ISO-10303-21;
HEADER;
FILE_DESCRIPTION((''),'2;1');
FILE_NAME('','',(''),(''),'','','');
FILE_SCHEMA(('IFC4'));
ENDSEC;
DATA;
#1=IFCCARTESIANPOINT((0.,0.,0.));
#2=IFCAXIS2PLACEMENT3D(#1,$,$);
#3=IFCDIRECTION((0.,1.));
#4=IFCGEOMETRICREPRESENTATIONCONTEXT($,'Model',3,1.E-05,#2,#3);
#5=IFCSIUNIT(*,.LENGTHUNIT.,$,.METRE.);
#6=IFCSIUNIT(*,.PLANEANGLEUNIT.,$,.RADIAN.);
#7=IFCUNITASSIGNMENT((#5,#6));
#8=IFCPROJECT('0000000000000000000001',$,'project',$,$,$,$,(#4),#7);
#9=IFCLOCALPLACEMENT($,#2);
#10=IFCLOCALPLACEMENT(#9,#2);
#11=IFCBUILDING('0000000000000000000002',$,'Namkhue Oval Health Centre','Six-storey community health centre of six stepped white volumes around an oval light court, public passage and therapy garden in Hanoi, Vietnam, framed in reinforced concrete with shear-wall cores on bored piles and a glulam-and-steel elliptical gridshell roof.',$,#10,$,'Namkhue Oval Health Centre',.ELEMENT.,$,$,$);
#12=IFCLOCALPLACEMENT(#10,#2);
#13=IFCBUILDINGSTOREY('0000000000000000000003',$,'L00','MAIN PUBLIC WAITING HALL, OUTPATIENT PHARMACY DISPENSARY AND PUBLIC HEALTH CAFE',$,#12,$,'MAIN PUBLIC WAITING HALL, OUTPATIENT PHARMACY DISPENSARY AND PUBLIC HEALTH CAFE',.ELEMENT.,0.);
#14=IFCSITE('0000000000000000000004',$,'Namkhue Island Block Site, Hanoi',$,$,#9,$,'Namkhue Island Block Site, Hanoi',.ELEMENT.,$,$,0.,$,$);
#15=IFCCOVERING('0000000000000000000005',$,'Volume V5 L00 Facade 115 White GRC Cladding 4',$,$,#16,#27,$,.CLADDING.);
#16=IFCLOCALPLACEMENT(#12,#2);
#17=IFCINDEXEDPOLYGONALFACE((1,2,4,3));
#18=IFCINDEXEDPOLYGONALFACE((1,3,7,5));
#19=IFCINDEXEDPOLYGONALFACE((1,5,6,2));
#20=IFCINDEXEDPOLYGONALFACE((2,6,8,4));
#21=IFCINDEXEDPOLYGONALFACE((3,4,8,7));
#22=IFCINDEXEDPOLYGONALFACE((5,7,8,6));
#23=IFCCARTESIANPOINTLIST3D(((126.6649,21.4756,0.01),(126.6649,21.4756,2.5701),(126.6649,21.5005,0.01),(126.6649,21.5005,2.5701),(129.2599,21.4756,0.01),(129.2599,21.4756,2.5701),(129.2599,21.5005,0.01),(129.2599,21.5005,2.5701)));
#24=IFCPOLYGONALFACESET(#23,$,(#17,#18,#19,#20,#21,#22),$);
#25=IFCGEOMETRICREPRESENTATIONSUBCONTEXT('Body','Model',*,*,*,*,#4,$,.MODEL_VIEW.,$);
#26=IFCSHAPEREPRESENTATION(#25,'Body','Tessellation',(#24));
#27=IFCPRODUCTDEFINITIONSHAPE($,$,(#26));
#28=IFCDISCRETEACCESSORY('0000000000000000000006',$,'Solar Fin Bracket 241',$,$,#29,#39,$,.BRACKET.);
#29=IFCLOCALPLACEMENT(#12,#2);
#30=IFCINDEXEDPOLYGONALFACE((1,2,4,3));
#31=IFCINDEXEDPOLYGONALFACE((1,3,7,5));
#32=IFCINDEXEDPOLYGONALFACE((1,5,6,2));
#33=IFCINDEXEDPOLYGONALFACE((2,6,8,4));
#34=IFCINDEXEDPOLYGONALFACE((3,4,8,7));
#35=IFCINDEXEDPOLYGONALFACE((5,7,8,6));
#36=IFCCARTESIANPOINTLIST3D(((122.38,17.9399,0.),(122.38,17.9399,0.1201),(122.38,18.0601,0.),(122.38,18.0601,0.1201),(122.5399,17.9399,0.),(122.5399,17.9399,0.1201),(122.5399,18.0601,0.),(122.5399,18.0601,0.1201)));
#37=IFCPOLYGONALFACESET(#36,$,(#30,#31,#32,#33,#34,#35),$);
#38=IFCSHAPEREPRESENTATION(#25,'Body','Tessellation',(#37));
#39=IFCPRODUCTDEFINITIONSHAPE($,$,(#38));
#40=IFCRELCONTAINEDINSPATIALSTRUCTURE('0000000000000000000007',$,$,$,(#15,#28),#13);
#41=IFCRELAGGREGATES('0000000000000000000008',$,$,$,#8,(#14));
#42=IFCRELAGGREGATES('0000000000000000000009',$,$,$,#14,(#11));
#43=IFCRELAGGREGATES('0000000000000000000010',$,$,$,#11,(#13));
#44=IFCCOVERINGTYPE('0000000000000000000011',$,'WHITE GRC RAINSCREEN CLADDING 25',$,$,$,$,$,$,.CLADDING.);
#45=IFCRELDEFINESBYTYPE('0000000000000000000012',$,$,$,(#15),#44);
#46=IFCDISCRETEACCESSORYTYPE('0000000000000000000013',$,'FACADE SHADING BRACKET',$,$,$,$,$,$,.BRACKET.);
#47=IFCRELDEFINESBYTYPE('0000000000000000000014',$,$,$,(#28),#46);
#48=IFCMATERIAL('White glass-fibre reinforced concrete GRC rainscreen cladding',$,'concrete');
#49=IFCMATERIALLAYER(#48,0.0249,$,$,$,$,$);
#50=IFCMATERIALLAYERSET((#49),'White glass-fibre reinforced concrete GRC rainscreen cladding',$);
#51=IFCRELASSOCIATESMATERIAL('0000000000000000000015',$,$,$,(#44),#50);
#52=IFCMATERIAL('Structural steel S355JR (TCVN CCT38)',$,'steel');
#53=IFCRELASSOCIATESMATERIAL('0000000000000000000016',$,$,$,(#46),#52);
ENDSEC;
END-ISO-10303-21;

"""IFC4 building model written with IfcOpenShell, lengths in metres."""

from ifc_helpers import new_model, si_unit, direction, frame, origin, origin_2d, place, context, subcontext, project, spatial, rectangle, extrude, material, layer, layer_set, type_object, element, save


model = new_model("IFC4")

# Units and contexts
model_context = context("Model", 3, precision=1e-05, world=origin(), true_north=direction((0.0, 1.0)))
body_context = subcontext(model_context, "Body", "Model", "MODEL_VIEW")
ifc_project = project(units=[si_unit("LENGTHUNIT", "METRE"), si_unit("PLANEANGLEUNIT", "RADIAN")], contexts=[model_context])

# Site, building, storey
site_placement = place(None, origin())
site = spatial("IfcSite", under=ifc_project, at=site_placement, Name="Namkhue Island Block Site, Hanoi", LongName="Namkhue Island Block Site, Hanoi", CompositionType="ELEMENT", RefElevation=0.0)
building_placement = place(site_placement, origin())
building = spatial("IfcBuilding", under=site, at=building_placement, Name="Namkhue Oval Health Centre", Description="Six-storey community health centre of six stepped white volumes around an oval light court, public passage and therapy garden in Hanoi, Vietnam, framed in reinforced concrete with shear-wall cores on bored piles and a glulam-and-steel elliptical gridshell roof.", LongName="Namkhue Oval Health Centre", CompositionType="ELEMENT")
storey_placement = place(building_placement, origin())
storey = spatial("IfcBuildingStorey", under=building, at=storey_placement, Name="L00", Description="MAIN PUBLIC WAITING HALL, OUTPATIENT PHARMACY DISPENSARY AND PUBLIC HEALTH CAFE", LongName="MAIN PUBLIC WAITING HALL, OUTPATIENT PHARMACY DISPENSARY AND PUBLIC HEALTH CAFE", CompositionType="ELEMENT", Elevation=0.0)

# Covering
ifc_material_1 = material(Name="White glass-fibre reinforced concrete GRC rainscreen cladding", Category="concrete")
ifc_layer_1 = layer(ifc_material_1, 0.0249)
ifc_layer_set_1 = layer_set([ifc_layer_1], Name="White glass-fibre reinforced concrete GRC rainscreen cladding")
covering_type = type_object("IfcCoveringType", Name="WHITE GRC RAINSCREEN CLADDING 25", PredefinedType="CLADDING", material=ifc_layer_set_1)
covering_1_placement = place(storey_placement, frame((127.9624, 21.488, 0.01), z_axis=(0.0, 0.0, 1.0), x_axis=(1.0, 0.0, 0.0)))
element("IfcCovering", 1, at=covering_1_placement, inside=storey, type_object=covering_type, Name="Volume V5 L00 Facade 115 White GRC Cladding 4", PredefinedType="CLADDING", context=body_context, shape_type="SweptSolid", body=[
    extrude(rectangle(XDim=2.595, YDim=0.0249, at=origin_2d()), origin(), (0.0, 0.0, 1.0), 2.5601),
])

# Discrete accessory
ifc_material_2 = material(Name="Structural steel S355JR (TCVN CCT38)", Category="steel")
discrete_accessory_type = type_object("IfcDiscreteAccessoryType", Name="FACADE SHADING BRACKET", PredefinedType="BRACKET", material=ifc_material_2)
discrete_accessory_placement = place(storey_placement, frame((122.46, 18.0, 0.0), z_axis=(0.0, 0.0, 1.0), x_axis=(1.0, 0.0, 0.0)))
element("IfcDiscreteAccessory", 2, at=discrete_accessory_placement, inside=storey, type_object=discrete_accessory_type, Name="Solar Fin Bracket 241", PredefinedType="BRACKET", context=body_context, shape_type="SweptSolid", body=[
    extrude(rectangle(XDim=0.1599, YDim=0.1201, at=origin_2d()), origin(), (0.0, 0.0, 1.0), 0.1201),
])

save(model, "model.ifc")
